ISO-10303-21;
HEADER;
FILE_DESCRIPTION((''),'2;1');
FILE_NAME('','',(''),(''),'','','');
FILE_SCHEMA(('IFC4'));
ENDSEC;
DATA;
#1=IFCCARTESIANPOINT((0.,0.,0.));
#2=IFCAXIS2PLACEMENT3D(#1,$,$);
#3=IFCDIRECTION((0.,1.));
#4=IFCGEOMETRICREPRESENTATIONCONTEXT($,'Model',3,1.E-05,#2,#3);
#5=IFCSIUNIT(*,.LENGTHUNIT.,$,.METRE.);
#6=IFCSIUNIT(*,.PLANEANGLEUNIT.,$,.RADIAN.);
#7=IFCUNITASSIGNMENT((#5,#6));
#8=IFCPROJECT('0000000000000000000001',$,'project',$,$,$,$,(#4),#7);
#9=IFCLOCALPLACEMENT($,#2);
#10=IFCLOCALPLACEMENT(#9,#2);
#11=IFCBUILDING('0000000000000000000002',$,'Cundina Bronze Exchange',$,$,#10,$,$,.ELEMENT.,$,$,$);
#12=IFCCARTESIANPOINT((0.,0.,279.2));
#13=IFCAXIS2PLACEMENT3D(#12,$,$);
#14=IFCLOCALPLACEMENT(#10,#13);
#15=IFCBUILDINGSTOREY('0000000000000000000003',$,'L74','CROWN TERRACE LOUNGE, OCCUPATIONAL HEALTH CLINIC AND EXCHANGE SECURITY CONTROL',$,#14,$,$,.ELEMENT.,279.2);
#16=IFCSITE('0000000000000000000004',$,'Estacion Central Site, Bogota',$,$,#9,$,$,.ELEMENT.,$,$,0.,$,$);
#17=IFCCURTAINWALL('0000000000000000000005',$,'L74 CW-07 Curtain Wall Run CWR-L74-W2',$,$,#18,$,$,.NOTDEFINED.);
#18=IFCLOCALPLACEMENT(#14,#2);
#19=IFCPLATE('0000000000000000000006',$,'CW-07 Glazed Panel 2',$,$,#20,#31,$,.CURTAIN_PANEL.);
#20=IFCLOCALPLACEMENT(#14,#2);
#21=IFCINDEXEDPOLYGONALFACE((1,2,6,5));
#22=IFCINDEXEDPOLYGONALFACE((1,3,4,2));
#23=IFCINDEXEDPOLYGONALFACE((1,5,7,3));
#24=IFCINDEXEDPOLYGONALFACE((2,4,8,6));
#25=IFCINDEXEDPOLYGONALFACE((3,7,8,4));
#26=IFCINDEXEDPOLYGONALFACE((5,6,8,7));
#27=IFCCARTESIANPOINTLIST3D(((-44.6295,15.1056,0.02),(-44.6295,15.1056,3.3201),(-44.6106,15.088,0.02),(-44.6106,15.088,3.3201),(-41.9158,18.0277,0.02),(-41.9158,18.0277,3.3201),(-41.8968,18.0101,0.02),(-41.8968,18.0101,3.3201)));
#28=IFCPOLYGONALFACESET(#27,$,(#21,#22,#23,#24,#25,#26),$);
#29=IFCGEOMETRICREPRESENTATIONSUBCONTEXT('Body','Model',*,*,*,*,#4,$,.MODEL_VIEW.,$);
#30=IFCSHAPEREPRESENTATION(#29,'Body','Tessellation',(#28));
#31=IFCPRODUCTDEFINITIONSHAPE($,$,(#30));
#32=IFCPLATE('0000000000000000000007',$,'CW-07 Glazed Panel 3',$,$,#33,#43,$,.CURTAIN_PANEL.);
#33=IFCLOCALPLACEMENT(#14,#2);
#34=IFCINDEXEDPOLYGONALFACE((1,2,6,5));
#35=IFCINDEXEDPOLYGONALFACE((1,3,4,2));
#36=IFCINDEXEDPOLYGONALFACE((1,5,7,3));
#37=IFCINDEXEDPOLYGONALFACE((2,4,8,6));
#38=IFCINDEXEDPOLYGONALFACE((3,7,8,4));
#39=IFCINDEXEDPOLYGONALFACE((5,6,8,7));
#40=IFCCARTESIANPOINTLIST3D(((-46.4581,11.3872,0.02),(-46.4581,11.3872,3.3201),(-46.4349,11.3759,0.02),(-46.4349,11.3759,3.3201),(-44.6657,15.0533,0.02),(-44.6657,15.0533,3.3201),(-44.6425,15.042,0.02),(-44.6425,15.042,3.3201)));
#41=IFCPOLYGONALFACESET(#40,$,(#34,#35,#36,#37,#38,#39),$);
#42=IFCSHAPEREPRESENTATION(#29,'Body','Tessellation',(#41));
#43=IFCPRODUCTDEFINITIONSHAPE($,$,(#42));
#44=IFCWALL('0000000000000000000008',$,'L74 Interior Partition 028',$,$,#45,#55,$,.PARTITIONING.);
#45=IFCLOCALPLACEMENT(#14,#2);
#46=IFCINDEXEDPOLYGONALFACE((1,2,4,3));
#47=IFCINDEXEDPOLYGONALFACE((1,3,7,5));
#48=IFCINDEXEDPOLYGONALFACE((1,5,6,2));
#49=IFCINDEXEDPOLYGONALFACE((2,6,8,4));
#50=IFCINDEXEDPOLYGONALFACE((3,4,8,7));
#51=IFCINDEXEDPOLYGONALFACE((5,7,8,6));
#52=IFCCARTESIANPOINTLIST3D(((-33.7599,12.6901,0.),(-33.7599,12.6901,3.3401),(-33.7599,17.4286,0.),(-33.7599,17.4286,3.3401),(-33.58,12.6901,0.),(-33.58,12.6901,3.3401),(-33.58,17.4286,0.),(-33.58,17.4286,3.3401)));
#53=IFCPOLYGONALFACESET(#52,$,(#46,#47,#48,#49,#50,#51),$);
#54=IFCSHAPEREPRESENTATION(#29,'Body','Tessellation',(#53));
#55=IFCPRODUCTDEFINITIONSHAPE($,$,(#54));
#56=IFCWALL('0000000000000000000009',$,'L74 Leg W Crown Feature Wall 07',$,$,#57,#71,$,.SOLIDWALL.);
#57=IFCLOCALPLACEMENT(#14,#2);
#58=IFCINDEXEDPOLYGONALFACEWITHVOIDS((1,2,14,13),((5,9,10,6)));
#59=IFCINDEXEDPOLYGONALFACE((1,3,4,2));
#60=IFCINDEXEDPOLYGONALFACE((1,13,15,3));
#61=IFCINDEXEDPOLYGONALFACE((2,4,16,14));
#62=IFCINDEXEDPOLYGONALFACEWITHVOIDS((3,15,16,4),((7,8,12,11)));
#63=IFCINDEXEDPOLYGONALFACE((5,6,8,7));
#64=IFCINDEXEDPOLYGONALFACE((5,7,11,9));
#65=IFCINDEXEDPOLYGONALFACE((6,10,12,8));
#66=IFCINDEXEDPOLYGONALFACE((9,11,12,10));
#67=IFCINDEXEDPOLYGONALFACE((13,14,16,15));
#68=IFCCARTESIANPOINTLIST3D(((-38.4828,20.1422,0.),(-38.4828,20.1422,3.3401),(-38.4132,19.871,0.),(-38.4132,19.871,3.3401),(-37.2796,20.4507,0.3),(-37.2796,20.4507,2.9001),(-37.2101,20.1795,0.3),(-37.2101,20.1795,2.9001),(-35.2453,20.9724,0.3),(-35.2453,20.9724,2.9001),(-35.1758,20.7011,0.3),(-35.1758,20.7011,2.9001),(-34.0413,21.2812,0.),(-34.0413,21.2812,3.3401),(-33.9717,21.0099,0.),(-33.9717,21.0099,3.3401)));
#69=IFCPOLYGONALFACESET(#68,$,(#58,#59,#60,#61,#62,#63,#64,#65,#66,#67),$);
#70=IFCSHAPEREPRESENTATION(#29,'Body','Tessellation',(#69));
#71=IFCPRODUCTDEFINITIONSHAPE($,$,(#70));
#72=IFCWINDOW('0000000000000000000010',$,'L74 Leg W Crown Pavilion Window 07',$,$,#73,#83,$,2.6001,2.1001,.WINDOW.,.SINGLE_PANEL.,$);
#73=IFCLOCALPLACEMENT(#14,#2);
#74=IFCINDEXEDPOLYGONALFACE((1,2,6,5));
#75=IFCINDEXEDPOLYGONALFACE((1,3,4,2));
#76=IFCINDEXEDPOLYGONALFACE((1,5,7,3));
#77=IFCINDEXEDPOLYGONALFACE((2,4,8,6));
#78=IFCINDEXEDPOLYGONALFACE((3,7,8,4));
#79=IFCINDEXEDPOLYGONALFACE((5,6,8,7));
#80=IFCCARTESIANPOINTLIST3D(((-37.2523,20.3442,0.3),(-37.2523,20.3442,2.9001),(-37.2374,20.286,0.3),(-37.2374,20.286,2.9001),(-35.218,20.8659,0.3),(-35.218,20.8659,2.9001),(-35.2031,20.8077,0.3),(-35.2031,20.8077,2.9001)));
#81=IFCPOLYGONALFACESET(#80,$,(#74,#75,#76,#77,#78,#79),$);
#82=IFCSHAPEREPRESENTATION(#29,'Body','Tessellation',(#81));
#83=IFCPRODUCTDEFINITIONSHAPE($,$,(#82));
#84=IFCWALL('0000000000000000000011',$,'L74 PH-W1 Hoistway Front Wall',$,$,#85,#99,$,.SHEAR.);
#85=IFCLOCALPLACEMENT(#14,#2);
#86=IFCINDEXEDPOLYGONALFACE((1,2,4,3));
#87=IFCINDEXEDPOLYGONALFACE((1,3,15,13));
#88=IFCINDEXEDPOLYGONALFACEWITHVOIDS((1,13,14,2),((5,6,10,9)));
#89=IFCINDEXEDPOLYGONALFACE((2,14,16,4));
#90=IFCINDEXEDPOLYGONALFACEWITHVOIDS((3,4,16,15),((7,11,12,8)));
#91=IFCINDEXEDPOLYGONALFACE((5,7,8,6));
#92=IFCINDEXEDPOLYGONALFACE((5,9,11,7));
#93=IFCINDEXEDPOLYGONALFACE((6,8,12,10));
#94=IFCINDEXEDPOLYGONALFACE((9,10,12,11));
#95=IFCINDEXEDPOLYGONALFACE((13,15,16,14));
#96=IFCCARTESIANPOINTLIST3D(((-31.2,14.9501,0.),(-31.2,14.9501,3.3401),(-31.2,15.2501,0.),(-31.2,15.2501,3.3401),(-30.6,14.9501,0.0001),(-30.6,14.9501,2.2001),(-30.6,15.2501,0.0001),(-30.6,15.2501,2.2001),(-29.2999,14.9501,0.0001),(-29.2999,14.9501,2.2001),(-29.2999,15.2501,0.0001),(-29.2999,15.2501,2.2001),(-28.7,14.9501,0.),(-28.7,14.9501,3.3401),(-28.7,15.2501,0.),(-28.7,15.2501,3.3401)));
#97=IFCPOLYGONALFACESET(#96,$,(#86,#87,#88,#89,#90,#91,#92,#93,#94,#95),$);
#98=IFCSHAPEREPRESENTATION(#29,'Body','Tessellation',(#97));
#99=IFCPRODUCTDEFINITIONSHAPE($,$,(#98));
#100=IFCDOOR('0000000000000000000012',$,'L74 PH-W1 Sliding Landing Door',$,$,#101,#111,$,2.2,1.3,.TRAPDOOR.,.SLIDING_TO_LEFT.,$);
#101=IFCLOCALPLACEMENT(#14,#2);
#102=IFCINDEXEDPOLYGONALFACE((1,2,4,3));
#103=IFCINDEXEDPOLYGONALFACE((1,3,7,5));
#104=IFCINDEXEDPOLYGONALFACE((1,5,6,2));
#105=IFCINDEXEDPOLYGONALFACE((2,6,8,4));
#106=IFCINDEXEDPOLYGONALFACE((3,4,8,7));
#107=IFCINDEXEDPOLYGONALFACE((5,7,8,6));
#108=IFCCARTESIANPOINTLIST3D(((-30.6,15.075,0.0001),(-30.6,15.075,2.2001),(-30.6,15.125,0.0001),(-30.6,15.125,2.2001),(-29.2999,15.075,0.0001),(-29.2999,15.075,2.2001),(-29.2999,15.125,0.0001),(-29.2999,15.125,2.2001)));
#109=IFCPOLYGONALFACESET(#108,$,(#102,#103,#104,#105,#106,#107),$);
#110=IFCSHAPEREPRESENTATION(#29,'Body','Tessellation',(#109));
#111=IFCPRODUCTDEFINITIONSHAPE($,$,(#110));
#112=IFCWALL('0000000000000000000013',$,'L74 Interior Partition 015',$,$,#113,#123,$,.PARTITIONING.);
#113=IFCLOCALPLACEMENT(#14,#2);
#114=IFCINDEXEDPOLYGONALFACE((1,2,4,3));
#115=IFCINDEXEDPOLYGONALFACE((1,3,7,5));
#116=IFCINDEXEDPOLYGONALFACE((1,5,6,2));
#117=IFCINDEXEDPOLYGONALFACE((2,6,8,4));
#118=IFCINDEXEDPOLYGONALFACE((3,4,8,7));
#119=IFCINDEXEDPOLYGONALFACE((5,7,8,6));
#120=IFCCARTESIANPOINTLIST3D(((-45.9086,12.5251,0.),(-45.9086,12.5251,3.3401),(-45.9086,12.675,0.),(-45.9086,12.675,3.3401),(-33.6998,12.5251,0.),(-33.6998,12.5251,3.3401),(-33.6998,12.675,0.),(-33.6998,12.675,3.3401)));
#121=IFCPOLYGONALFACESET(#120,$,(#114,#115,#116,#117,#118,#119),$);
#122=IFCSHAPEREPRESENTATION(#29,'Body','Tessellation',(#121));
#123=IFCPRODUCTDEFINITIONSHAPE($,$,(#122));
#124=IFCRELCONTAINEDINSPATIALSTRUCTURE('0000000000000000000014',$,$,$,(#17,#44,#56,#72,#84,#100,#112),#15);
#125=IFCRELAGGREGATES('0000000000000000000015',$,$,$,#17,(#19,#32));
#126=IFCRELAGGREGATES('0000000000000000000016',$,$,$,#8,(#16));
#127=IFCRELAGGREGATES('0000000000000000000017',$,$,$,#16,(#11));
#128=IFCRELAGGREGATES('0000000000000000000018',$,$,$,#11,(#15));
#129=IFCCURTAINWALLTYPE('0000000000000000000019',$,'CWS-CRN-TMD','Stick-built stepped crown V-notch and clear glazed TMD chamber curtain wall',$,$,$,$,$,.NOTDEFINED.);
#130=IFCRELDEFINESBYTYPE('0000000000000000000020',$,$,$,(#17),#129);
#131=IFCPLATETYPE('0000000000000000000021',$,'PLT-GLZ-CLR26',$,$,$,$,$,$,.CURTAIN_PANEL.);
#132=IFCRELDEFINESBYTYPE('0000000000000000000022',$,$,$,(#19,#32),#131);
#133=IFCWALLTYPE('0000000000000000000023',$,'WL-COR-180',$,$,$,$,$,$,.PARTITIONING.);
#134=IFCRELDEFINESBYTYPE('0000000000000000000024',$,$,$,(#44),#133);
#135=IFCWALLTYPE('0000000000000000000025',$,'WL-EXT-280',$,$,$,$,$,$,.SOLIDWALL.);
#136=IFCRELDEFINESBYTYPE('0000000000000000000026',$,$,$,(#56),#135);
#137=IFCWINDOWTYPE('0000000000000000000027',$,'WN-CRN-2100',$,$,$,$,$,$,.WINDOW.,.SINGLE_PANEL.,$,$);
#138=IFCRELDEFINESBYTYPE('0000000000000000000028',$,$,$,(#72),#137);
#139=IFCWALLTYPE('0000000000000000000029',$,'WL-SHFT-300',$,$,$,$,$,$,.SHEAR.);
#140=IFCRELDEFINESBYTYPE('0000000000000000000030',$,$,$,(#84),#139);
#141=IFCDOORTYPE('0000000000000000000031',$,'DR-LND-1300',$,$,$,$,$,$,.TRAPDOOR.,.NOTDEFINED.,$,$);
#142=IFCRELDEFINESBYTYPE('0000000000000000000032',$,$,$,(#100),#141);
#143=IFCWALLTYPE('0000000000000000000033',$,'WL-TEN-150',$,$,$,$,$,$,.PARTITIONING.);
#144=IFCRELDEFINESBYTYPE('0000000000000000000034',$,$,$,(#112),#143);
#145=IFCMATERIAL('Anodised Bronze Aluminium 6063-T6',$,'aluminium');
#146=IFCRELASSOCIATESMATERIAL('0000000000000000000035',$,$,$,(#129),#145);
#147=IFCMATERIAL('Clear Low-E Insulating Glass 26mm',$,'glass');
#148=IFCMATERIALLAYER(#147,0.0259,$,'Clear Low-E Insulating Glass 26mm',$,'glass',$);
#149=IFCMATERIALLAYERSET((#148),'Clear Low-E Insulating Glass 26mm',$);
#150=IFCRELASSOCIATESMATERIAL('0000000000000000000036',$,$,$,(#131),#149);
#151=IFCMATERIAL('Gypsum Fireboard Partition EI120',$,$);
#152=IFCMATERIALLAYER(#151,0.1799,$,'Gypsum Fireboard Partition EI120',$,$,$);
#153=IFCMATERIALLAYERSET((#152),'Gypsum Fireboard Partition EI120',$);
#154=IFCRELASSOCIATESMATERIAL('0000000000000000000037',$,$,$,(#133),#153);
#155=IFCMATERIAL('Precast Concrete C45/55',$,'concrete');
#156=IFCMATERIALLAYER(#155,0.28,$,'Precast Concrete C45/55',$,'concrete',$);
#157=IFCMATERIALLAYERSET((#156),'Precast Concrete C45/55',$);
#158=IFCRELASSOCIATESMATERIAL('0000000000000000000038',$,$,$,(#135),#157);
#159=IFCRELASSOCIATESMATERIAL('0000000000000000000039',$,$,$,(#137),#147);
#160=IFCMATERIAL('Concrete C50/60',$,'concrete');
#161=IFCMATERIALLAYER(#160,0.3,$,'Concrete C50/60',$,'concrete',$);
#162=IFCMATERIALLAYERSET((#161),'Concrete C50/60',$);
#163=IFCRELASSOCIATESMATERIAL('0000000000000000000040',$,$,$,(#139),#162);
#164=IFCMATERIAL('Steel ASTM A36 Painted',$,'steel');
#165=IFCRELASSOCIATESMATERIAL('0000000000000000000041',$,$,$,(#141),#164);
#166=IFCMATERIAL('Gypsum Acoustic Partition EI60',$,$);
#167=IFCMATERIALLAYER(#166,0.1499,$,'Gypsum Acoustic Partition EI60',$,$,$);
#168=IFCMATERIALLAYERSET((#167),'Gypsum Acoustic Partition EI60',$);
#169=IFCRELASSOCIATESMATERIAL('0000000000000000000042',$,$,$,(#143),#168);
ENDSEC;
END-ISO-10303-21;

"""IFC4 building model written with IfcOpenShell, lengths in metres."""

from ifc_helpers import new_model, si_unit, direction, frame, frame_2d, origin, origin_2d, place, context, subcontext, project, spatial, rectangle, extrude, material, layer, layer_set, type_object, element, fill, aggregate, save


model = new_model("IFC4")

# Units and contexts
model_context = context("Model", 3, precision=1e-05, world=origin(), true_north=direction((0.0, 1.0)))
body_context = subcontext(model_context, "Body", "Model", "MODEL_VIEW")
ifc_project = project(units=[si_unit("LENGTHUNIT", "METRE"), si_unit("PLANEANGLEUNIT", "RADIAN")], contexts=[model_context])

# Site, building, storey
site_placement = place(None, origin())
site = spatial("IfcSite", under=ifc_project, at=site_placement, Name="Estacion Central Site, Bogota", CompositionType="ELEMENT", RefElevation=0.0)
building_placement = place(site_placement, origin())
building = spatial("IfcBuilding", under=site, at=building_placement, Name="Cundina Bronze Exchange", CompositionType="ELEMENT")
storey_placement = place(building_placement, frame((0.0, 0.0, 279.2)))
storey = spatial("IfcBuildingStorey", under=building, at=storey_placement, Name="L74", Description="CROWN TERRACE LOUNGE, OCCUPATIONAL HEALTH CLINIC AND EXCHANGE SECURITY CONTROL", CompositionType="ELEMENT", Elevation=279.2)

# Shared definitions
ifc_material_1 = material(Name="Concrete C50/60", Category="concrete")

# Curtain wall, plates
ifc_material_2 = material(Name="Anodised Bronze Aluminium 6063-T6", Category="aluminium")
curtain_wall_type = type_object("IfcCurtainWallType", Name="CWS-CRN-TMD", Description="Stick-built stepped crown V-notch and clear glazed TMD chamber curtain wall", PredefinedType="NOTDEFINED", material=ifc_material_2)
curtain_wall_placement = place(storey_placement, origin())
curtain_wall = element("IfcCurtainWall", 1, at=curtain_wall_placement, inside=storey, type_object=curtain_wall_type, Name="L74 CW-07 Curtain Wall Run CWR-L74-W2", PredefinedType="NOTDEFINED")
ifc_material_3 = material(Name="Clear Low-E Insulating Glass 26mm", Category="glass")
ifc_layer_1 = layer(ifc_material_3, 0.0259, Name="Clear Low-E Insulating Glass 26mm", Category="glass")
ifc_layer_set_1 = layer_set([ifc_layer_1], Name="Clear Low-E Insulating Glass 26mm")
plate_type = type_object("IfcPlateType", Name="PLT-GLZ-CLR26", PredefinedType="CURTAIN_PANEL", material=ifc_layer_set_1)
plate_1_placement = place(storey_placement, frame((-43.2632, 16.5579, 0.02), z_axis=(0.0, 0.0, 1.0), x_axis=(-0.680503, -0.732745, 0.0)))
plate_1 = element("IfcPlate", 2, at=plate_1_placement, type_object=plate_type, Name="CW-07 Glazed Panel 2", PredefinedType="CURTAIN_PANEL", context=body_context, shape_type="SweptSolid", body=[
    extrude(rectangle(XDim=3.9878, YDim=0.0259, at=origin_2d()), origin(), (0.0, 0.0, 1.0), 3.3),
])
plate_2_placement = place(storey_placement, frame((-45.5503, 13.2146, 0.02), z_axis=(0.0, 0.0, 1.0), x_axis=(-0.439234, -0.898373, 0.0)))
plate_2 = element("IfcPlate", 3, at=plate_2_placement, type_object=plate_type, Name="CW-07 Glazed Panel 3", PredefinedType="CURTAIN_PANEL", context=body_context, shape_type="SweptSolid", body=[
    extrude(rectangle(XDim=4.0808, YDim=0.0259, at=origin_2d()), origin(), (0.0, 0.0, 1.0), 3.3),
])
aggregate(curtain_wall, [plate_1, plate_2])

# Wall
ifc_material_4 = material(Name="Gypsum Fireboard Partition EI120")
ifc_layer_2 = layer(ifc_material_4, 0.1799, Name="Gypsum Fireboard Partition EI120")
ifc_layer_set_2 = layer_set([ifc_layer_2], Name="Gypsum Fireboard Partition EI120")
wall_type_1 = type_object("IfcWallType", Name="WL-COR-180", PredefinedType="PARTITIONING", material=ifc_layer_set_2)
wall_1_placement = place(storey_placement, frame((-33.6699, 17.4285, 0.0), z_axis=(0.0, 0.0, 1.0), x_axis=(0.0, -1.0, 0.0)))
element("IfcWall", 4, at=wall_1_placement, inside=storey, type_object=wall_type_1, Name="L74 Interior Partition 028", PredefinedType="PARTITIONING", context=body_context, shape_type="SweptSolid", body=[
    extrude(rectangle(XDim=4.7385, YDim=0.1799, at=frame_2d((2.3691, 0.0))), origin(), (0.0, 0.0, 1.0), 3.3401),
])

# Wall, opening, window
ifc_material_5 = material(Name="Precast Concrete C45/55", Category="concrete")
ifc_layer_3 = layer(ifc_material_5, 0.28, Name="Precast Concrete C45/55", Category="concrete")
ifc_layer_set_3 = layer_set([ifc_layer_3], Name="Precast Concrete C45/55")
wall_type_2 = type_object("IfcWallType", Name="WL-EXT-280", PredefinedType="SOLIDWALL", material=ifc_layer_set_3)
wall_2_placement = place(storey_placement, frame((-34.0066, 21.1455, 0.0), z_axis=(0.0, 0.0, 1.0), x_axis=(-0.968659, -0.248395, 0.0)))
wall_2 = element("IfcWall", 5, at=wall_2_placement, inside=storey, type_object=wall_type_2, Name="L74 Leg W Crown Feature Wall 07", PredefinedType="SOLIDWALL", context=body_context, shape_type="SweptSolid", body=[
    extrude(rectangle(XDim=4.5852, YDim=0.28, at=frame_2d((2.2925, 0.0))), origin(), (0.0, 0.0, 1.0), 3.3401),
])
opening_1_placement = place(wall_2_placement, frame((1.2429, 0.0, 0.3)))
opening_1 = element("IfcOpeningElement", 6, at=opening_1_placement, cuts=wall_2, PredefinedType="OPENING", context=body_context, shape_type="SweptSolid", body=[
    extrude(rectangle(XDim=2.1001, YDim=2.6001, at=frame_2d((1.05, 1.3))), frame((0.0, 0.1499, 0.0), z_axis=(0.0, -1.0, 0.0), x_axis=(1.0, 0.0, 0.0)), (0.0, 0.0, 1.0), 0.3),
])
window_type = type_object("IfcWindowType", Name="WN-CRN-2100", PartitioningType="SINGLE_PANEL", PredefinedType="WINDOW", material=ifc_material_3)
window_placement = place(opening_1_placement, origin())
window = element("IfcWindow", 7, at=window_placement, inside=storey, type_object=window_type, Name="L74 Leg W Crown Pavilion Window 07", OverallHeight=2.6001, OverallWidth=2.1001, PartitioningType="SINGLE_PANEL", PredefinedType="WINDOW", context=body_context, shape_type="SweptSolid", body=[
    extrude(rectangle(XDim=2.1001, YDim=2.6001, at=frame_2d((1.05, 1.3))), frame((0.0, 0.03, 0.0), z_axis=(0.0, -1.0, 0.0), x_axis=(1.0, 0.0, 0.0)), (0.0, 0.0, 1.0), 0.0601),
])
fill(opening_1, window)

# Wall, opening, door
ifc_layer_4 = layer(ifc_material_1, 0.3, Name="Concrete C50/60", Category="concrete")
ifc_layer_set_4 = layer_set([ifc_layer_4], Name="Concrete C50/60")
wall_type_3 = type_object("IfcWallType", Name="WL-SHFT-300", PredefinedType="SHEAR", material=ifc_layer_set_4)
wall_3_placement = place(storey_placement, frame((-31.2, 15.1001, 0.0), z_axis=(0.0, 0.0, 1.0), x_axis=(1.0, 0.0, 0.0)))
wall_3 = element("IfcWall", 8, at=wall_3_placement, inside=storey, type_object=wall_type_3, Name="L74 PH-W1 Hoistway Front Wall", PredefinedType="SHEAR", context=body_context, shape_type="SweptSolid", body=[
    extrude(rectangle(XDim=2.5, YDim=0.3, at=frame_2d((1.25, 0.0))), origin(), (0.0, 0.0, 1.0), 3.3401),
])
opening_2_placement = place(wall_3_placement, frame((0.6001, 0.0, 0.0)))
opening_2 = element("IfcOpeningElement", 9, at=opening_2_placement, cuts=wall_3, PredefinedType="OPENING", context=body_context, shape_type="SweptSolid", body=[
    extrude(rectangle(XDim=1.3, YDim=2.2, at=frame_2d((0.6499, 1.1001))), frame((0.0, 0.1599, 0.0), z_axis=(0.0, -1.0, 0.0), x_axis=(1.0, 0.0, 0.0)), (0.0, 0.0, 1.0), 0.3201),
])
ifc_material_6 = material(Name="Steel ASTM A36 Painted", Category="steel")
door_type = type_object("IfcDoorType", Name="DR-LND-1300", OperationType="NOTDEFINED", PredefinedType="TRAPDOOR", material=ifc_material_6)
door_placement = place(opening_2_placement, origin())
door = element("IfcDoor", 10, at=door_placement, inside=storey, type_object=door_type, Name="L74 PH-W1 Sliding Landing Door", OperationType="SLIDING_TO_LEFT", OverallHeight=2.2, OverallWidth=1.3, PredefinedType="TRAPDOOR", context=body_context, shape_type="SweptSolid", body=[
    extrude(rectangle(XDim=1.3, YDim=2.2, at=frame_2d((0.6499, 1.1001))), frame((0.0, 0.0249, 0.0), z_axis=(0.0, -1.0, 0.0), x_axis=(1.0, 0.0, 0.0)), (0.0, 0.0, 1.0), 0.05),
])
fill(opening_2, door)

# Wall
ifc_material_7 = material(Name="Gypsum Acoustic Partition EI60")
ifc_layer_5 = layer(ifc_material_7, 0.1499, Name="Gypsum Acoustic Partition EI60")
ifc_layer_set_5 = layer_set([ifc_layer_5], Name="Gypsum Acoustic Partition EI60")
wall_type_4 = type_object("IfcWallType", Name="WL-TEN-150", PredefinedType="PARTITIONING", material=ifc_layer_set_5)
wall_4_placement = place(storey_placement, frame((-45.9087, 12.6001, 0.0), z_axis=(0.0, 0.0, 1.0), x_axis=(1.0, 0.0, 0.0)))
element("IfcWall", 11, at=wall_4_placement, inside=storey, type_object=wall_type_4, Name="L74 Interior Partition 015", PredefinedType="PARTITIONING", context=body_context, shape_type="SweptSolid", body=[
    extrude(rectangle(XDim=12.2087, YDim=0.1499, at=frame_2d((6.1045, 0.0))), origin(), (0.0, 0.0, 1.0), 3.3401),
])

save(model, "model.ifc")
